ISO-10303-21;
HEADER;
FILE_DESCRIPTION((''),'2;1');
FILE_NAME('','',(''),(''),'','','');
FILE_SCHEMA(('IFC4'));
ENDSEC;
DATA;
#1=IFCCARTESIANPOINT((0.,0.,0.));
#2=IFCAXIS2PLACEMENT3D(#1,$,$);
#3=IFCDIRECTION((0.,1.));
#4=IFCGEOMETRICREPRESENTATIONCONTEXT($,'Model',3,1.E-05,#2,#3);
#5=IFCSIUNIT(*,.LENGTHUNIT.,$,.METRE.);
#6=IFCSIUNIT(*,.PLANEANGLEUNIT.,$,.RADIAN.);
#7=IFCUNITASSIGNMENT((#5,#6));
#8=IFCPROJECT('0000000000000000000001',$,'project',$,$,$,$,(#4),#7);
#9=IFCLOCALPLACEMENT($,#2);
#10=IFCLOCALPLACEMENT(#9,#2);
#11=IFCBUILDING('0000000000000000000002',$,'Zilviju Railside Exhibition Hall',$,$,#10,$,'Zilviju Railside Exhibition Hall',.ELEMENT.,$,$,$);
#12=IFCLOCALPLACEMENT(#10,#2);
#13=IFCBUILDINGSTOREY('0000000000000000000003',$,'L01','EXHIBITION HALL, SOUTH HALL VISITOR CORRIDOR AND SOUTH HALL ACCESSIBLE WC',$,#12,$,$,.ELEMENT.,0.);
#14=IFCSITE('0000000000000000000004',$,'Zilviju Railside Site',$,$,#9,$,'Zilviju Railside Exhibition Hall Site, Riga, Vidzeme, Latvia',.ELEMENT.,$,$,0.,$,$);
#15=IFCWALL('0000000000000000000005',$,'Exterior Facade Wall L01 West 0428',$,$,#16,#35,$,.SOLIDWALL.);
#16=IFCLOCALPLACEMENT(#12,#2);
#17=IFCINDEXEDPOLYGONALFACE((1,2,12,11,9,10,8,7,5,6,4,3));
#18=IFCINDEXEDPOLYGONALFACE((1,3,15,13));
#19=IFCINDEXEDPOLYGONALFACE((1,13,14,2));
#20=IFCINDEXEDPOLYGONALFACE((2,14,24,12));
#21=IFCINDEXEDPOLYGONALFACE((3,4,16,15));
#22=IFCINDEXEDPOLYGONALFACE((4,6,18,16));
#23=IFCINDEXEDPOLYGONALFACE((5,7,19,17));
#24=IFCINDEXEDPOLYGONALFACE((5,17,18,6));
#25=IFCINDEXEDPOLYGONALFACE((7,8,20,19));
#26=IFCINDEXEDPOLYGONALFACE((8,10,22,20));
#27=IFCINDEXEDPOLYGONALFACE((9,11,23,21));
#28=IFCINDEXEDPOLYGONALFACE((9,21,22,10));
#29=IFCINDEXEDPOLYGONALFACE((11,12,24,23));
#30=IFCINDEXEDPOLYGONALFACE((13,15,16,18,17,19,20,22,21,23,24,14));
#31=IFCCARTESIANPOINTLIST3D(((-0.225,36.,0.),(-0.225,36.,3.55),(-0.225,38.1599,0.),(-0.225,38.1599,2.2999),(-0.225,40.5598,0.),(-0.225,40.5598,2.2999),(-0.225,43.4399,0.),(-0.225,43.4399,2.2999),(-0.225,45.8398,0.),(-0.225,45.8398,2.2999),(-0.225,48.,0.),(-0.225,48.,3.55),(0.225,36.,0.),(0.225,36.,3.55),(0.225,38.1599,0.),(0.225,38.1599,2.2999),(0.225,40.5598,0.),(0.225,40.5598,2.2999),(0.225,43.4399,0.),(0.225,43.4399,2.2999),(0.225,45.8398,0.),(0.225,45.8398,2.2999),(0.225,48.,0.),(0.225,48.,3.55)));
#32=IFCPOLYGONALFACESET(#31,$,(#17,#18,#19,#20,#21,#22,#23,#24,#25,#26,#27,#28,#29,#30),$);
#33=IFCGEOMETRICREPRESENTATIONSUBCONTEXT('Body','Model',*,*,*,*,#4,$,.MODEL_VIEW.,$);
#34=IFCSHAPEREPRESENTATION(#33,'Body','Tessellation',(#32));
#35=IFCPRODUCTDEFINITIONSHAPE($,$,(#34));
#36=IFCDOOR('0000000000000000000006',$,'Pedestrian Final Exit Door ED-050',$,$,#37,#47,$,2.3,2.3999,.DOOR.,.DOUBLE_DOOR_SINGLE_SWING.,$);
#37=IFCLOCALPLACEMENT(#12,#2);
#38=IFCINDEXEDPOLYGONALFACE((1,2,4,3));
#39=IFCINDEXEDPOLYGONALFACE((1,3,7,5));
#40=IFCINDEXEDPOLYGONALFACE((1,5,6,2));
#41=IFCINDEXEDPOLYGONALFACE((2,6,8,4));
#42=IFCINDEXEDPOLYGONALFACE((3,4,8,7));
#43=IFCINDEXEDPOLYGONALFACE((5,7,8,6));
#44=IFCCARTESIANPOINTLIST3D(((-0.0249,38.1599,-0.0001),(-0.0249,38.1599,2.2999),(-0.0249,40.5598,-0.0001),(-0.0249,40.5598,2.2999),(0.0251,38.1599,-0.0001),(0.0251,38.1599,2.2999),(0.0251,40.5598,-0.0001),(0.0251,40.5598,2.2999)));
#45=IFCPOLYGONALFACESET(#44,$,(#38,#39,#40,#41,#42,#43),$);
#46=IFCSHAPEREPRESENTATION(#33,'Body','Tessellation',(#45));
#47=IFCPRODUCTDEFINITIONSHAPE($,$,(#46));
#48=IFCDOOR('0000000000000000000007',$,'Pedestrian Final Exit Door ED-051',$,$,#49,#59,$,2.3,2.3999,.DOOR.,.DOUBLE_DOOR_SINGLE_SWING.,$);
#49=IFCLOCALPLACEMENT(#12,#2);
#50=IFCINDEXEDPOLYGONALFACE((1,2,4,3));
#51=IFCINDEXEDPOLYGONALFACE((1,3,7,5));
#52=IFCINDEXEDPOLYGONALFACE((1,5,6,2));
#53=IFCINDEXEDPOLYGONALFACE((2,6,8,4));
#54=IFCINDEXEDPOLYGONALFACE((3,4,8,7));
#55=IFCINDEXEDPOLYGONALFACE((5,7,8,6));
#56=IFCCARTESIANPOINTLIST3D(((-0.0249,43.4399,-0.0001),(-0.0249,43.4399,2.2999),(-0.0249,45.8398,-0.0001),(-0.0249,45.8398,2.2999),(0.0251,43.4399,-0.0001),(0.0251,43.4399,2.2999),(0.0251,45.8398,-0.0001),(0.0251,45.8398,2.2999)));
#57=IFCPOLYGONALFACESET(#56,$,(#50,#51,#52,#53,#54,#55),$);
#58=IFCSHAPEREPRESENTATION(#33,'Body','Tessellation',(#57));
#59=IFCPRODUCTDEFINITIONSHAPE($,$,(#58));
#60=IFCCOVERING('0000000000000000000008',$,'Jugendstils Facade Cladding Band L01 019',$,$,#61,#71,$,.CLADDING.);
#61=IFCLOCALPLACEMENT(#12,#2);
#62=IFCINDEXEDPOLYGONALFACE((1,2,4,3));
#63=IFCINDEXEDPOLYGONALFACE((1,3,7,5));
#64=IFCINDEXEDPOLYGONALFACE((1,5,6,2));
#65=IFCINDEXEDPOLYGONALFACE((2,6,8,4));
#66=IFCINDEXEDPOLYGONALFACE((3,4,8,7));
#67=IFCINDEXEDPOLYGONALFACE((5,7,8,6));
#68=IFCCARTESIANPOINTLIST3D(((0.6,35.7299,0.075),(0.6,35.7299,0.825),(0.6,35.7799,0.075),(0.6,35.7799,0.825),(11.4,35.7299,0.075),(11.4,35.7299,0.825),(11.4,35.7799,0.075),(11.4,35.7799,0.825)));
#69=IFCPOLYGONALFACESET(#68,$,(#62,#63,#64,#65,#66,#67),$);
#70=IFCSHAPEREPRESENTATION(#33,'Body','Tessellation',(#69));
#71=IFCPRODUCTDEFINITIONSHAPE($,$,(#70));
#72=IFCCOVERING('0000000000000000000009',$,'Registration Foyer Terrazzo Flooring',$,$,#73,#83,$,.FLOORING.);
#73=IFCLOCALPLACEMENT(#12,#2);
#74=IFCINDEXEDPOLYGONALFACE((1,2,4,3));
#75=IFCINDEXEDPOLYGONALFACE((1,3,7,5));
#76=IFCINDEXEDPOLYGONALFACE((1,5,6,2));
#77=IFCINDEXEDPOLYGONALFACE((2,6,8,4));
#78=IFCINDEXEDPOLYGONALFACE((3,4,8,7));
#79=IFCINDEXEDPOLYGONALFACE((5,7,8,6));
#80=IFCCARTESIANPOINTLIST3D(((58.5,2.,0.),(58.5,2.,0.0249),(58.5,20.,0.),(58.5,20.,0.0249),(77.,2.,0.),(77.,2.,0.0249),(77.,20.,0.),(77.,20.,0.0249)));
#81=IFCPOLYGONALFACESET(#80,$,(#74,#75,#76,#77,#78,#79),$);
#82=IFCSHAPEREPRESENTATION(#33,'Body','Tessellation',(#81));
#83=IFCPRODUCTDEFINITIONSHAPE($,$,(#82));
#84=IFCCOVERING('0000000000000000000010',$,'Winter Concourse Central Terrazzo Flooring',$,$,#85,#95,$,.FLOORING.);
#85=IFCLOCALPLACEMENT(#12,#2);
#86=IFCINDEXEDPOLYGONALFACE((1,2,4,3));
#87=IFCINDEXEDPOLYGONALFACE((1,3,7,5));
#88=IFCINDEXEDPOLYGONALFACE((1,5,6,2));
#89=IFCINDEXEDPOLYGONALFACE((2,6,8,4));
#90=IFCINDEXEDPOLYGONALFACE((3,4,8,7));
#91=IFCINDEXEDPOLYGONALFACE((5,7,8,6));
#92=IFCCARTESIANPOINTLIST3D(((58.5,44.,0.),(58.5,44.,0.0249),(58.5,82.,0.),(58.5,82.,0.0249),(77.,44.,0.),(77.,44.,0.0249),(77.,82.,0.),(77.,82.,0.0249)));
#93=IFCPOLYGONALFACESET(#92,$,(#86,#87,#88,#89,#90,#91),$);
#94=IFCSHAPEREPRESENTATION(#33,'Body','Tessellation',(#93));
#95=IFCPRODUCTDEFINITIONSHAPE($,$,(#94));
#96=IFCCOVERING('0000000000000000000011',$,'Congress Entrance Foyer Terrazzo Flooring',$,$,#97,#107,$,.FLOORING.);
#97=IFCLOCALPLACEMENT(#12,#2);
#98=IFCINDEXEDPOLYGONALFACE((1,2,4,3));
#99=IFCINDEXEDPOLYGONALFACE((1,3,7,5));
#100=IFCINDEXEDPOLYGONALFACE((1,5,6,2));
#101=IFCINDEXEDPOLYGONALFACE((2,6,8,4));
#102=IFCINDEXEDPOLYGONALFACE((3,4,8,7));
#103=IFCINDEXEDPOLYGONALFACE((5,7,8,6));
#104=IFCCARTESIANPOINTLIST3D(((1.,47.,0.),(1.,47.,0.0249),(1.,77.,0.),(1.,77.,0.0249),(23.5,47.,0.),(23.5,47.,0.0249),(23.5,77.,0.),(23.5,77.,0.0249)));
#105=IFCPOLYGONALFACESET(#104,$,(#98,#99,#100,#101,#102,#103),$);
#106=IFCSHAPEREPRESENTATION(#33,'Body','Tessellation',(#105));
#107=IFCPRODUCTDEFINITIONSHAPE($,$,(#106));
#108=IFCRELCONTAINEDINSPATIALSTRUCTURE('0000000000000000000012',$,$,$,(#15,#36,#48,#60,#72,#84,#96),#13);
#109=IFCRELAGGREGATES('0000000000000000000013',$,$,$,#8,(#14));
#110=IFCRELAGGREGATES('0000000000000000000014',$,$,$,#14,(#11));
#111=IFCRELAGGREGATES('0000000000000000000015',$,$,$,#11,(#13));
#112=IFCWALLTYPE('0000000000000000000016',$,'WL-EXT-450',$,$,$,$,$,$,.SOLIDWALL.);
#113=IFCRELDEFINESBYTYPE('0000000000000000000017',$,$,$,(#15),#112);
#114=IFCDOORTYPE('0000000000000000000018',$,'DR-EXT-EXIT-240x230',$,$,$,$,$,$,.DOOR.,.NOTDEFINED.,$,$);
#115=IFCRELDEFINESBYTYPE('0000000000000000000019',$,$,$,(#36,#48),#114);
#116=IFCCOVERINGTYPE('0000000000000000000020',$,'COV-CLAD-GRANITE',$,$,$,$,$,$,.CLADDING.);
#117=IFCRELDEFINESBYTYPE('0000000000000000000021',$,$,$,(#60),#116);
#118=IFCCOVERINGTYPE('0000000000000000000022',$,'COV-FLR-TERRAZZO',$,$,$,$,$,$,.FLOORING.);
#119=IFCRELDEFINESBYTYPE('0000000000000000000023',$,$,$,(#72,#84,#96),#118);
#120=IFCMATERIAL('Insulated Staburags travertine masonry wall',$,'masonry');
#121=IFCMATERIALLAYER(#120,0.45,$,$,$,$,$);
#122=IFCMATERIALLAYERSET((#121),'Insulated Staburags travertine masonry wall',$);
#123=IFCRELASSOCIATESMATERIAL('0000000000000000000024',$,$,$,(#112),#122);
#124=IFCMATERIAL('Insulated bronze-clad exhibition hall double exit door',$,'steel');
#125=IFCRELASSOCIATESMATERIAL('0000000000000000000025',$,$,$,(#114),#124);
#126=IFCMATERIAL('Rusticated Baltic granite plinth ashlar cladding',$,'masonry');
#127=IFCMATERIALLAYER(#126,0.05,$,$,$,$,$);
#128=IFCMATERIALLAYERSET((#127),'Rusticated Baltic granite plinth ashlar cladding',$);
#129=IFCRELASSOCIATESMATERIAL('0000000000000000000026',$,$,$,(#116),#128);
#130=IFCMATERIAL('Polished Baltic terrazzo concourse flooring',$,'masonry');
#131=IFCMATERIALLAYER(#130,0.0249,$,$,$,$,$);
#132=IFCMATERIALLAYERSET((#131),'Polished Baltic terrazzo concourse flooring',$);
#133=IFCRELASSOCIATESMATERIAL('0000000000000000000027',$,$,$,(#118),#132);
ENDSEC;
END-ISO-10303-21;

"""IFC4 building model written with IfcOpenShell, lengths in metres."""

from ifc_helpers import new_model, si_unit, direction, frame, frame_2d, origin, origin_2d, place, context, subcontext, project, spatial, polyline, rectangle, outline, extrude, material, layer, layer_set, type_object, element, fill, save


model = new_model("IFC4")

# Units and contexts
model_context = context("Model", 3, precision=1e-05, world=origin(), true_north=direction((0.0, 1.0)))
body_context = subcontext(model_context, "Body", "Model", "MODEL_VIEW")
ifc_project = project(units=[si_unit("LENGTHUNIT", "METRE"), si_unit("PLANEANGLEUNIT", "RADIAN")], contexts=[model_context])

# Site, building, storey
site_placement = place(None, origin())
site = spatial("IfcSite", under=ifc_project, at=site_placement, Name="Zilviju Railside Site", LongName="Zilviju Railside Exhibition Hall Site, Riga, Vidzeme, Latvia", CompositionType="ELEMENT", RefElevation=0.0)
building_placement = place(site_placement, origin())
building = spatial("IfcBuilding", under=site, at=building_placement, Name="Zilviju Railside Exhibition Hall", LongName="Zilviju Railside Exhibition Hall", CompositionType="ELEMENT")
storey_placement = place(building_placement, origin())
storey = spatial("IfcBuildingStorey", under=building, at=storey_placement, Name="L01", Description="EXHIBITION HALL, SOUTH HALL VISITOR CORRIDOR AND SOUTH HALL ACCESSIBLE WC", CompositionType="ELEMENT", Elevation=0.0)

# Shared definitions
ifc_material_1 = material(Name="Insulated Staburags travertine masonry wall", Category="masonry")
ifc_layer_1 = layer(ifc_material_1, 0.45)
ifc_layer_set_1 = layer_set([ifc_layer_1], Name="Insulated Staburags travertine masonry wall")
wall_type_1 = type_object("IfcWallType", Name="WL-EXT-450", PredefinedType="SOLIDWALL", material=ifc_layer_set_1)

# Wall, openings, doors
wall_1_placement = place(storey_placement, frame((0.0, 36.0, 0.0), z_axis=(0.0, 0.0, 1.0), x_axis=(0.0, 1.0, 0.0)))
wall_1 = element("IfcWall", 1, at=wall_1_placement, inside=storey, type_object=wall_type_1, Name="Exterior Facade Wall L01 West 0428", PredefinedType="SOLIDWALL", context=body_context, shape_type="SweptSolid", body=[
    extrude(rectangle(XDim=12.0, YDim=0.45, at=frame_2d((6.0, 0.0))), origin(), (0.0, 0.0, 1.0), 3.55),
])
opening_1_placement = place(wall_1_placement, frame((2.1599, 0.0, 0.0)))
opening_1 = element("IfcOpeningElement", 2, at=opening_1_placement, cuts=wall_1, PredefinedType="OPENING", context=body_context, shape_type="SweptSolid", body=[
    extrude(rectangle(XDim=2.3999, YDim=2.3, at=frame_2d((1.2, 1.1499))), frame((0.0, 0.2349, 0.0), z_axis=(0.0, -1.0, 0.0), x_axis=(1.0, 0.0, 0.0)), (0.0, 0.0, 1.0), 0.47),
])
opening_2_placement = place(wall_1_placement, frame((7.4399, 0.0, 0.0)))
opening_2 = element("IfcOpeningElement", 3, at=opening_2_placement, cuts=wall_1, PredefinedType="OPENING", context=body_context, shape_type="SweptSolid", body=[
    extrude(rectangle(XDim=2.3999, YDim=2.3, at=frame_2d((1.2, 1.1499))), frame((0.0, 0.2349, 0.0), z_axis=(0.0, -1.0, 0.0), x_axis=(1.0, 0.0, 0.0)), (0.0, 0.0, 1.0), 0.47),
])
ifc_material_2 = material(Name="Insulated bronze-clad exhibition hall double exit door", Category="steel")
door_type_1 = type_object("IfcDoorType", Name="DR-EXT-EXIT-240x230", OperationType="NOTDEFINED", PredefinedType="DOOR", material=ifc_material_2)
door_1_placement = place(opening_1_placement, origin())
door_1 = element("IfcDoor", 4, at=door_1_placement, inside=storey, type_object=door_type_1, Name="Pedestrian Final Exit Door ED-050", OperationType="DOUBLE_DOOR_SINGLE_SWING", OverallHeight=2.3, OverallWidth=2.3999, PredefinedType="DOOR", context=body_context, shape_type="SweptSolid", body=[
    extrude(rectangle(XDim=2.3999, YDim=2.3, at=frame_2d((1.2, 1.1499))), frame((0.0, 0.0249, 0.0), z_axis=(0.0, -1.0, 0.0), x_axis=(1.0, 0.0, 0.0)), (0.0, 0.0, 1.0), 0.05),
])
fill(opening_1, door_1)
door_2_placement = place(opening_2_placement, origin())
door_2 = element("IfcDoor", 5, at=door_2_placement, inside=storey, type_object=door_type_1, Name="Pedestrian Final Exit Door ED-051", OperationType="DOUBLE_DOOR_SINGLE_SWING", OverallHeight=2.3, OverallWidth=2.3999, PredefinedType="DOOR", context=body_context, shape_type="SweptSolid", body=[
    extrude(rectangle(XDim=2.3999, YDim=2.3, at=frame_2d((1.2, 1.1499))), frame((0.0, 0.0249, 0.0), z_axis=(0.0, -1.0, 0.0), x_axis=(1.0, 0.0, 0.0)), (0.0, 0.0, 1.0), 0.05),
])
fill(opening_2, door_2)

# Coverings
ifc_material_3 = material(Name="Rusticated Baltic granite plinth ashlar cladding", Category="masonry")
ifc_layer_2 = layer(ifc_material_3, 0.05)
ifc_layer_set_2 = layer_set([ifc_layer_2], Name="Rusticated Baltic granite plinth ashlar cladding")
covering_type_1 = type_object("IfcCoveringType", Name="COV-CLAD-GRANITE", PredefinedType="CLADDING", material=ifc_layer_set_2)
covering_1_placement = place(storey_placement, frame((6.0, 35.7549, 0.075), z_axis=(0.0, 0.0, 1.0), x_axis=(-1.0, 0.0, 0.0)))
element("IfcCovering", 6, at=covering_1_placement, inside=storey, type_object=covering_type_1, Name="Jugendstils Facade Cladding Band L01 019", PredefinedType="CLADDING", context=body_context, shape_type="SweptSolid", body=[
    extrude(rectangle(XDim=10.8, YDim=0.05, at=origin_2d()), origin(), (0.0, 0.0, 1.0), 0.75),
])
ifc_material_4 = material(Name="Polished Baltic terrazzo concourse flooring", Category="masonry")
ifc_layer_3 = layer(ifc_material_4, 0.0249)
ifc_layer_set_3 = layer_set([ifc_layer_3], Name="Polished Baltic terrazzo concourse flooring")
covering_type_2 = type_object("IfcCoveringType", Name="COV-FLR-TERRAZZO", PredefinedType="FLOORING", material=ifc_layer_set_3)
covering_2_placement = place(storey_placement, origin())
element("IfcCovering", 7, at=covering_2_placement, inside=storey, type_object=covering_type_2, Name="Registration Foyer Terrazzo Flooring", PredefinedType="FLOORING", context=body_context, shape_type="SweptSolid", body=[
    extrude(outline(polyline([(58.5, 2.0), (77.0, 2.0), (77.0, 20.0), (58.5, 20.0), (58.5, 2.0)])), origin(), (0.0, 0.0, 1.0), 0.0249),
])
covering_3_placement = place(storey_placement, origin())
element("IfcCovering", 8, at=covering_3_placement, inside=storey, type_object=covering_type_2, Name="Winter Concourse Central Terrazzo Flooring", PredefinedType="FLOORING", context=body_context, shape_type="SweptSolid", body=[
    extrude(outline(polyline([(58.5, 44.0), (77.0, 44.0), (77.0, 82.0), (58.5, 82.0), (58.5, 44.0)])), origin(), (0.0, 0.0, 1.0), 0.0249),
])
covering_4_placement = place(storey_placement, origin())
element("IfcCovering", 9, at=covering_4_placement, inside=storey, type_object=covering_type_2, Name="Congress Entrance Foyer Terrazzo Flooring", PredefinedType="FLOORING", context=body_context, shape_type="SweptSolid", body=[
    extrude(outline(polyline([(1.0, 47.0), (23.5, 47.0), (23.5, 77.0), (1.0, 77.0), (1.0, 47.0)])), origin(), (0.0, 0.0, 1.0), 0.0249),
])

save(model, "model.ifc")
